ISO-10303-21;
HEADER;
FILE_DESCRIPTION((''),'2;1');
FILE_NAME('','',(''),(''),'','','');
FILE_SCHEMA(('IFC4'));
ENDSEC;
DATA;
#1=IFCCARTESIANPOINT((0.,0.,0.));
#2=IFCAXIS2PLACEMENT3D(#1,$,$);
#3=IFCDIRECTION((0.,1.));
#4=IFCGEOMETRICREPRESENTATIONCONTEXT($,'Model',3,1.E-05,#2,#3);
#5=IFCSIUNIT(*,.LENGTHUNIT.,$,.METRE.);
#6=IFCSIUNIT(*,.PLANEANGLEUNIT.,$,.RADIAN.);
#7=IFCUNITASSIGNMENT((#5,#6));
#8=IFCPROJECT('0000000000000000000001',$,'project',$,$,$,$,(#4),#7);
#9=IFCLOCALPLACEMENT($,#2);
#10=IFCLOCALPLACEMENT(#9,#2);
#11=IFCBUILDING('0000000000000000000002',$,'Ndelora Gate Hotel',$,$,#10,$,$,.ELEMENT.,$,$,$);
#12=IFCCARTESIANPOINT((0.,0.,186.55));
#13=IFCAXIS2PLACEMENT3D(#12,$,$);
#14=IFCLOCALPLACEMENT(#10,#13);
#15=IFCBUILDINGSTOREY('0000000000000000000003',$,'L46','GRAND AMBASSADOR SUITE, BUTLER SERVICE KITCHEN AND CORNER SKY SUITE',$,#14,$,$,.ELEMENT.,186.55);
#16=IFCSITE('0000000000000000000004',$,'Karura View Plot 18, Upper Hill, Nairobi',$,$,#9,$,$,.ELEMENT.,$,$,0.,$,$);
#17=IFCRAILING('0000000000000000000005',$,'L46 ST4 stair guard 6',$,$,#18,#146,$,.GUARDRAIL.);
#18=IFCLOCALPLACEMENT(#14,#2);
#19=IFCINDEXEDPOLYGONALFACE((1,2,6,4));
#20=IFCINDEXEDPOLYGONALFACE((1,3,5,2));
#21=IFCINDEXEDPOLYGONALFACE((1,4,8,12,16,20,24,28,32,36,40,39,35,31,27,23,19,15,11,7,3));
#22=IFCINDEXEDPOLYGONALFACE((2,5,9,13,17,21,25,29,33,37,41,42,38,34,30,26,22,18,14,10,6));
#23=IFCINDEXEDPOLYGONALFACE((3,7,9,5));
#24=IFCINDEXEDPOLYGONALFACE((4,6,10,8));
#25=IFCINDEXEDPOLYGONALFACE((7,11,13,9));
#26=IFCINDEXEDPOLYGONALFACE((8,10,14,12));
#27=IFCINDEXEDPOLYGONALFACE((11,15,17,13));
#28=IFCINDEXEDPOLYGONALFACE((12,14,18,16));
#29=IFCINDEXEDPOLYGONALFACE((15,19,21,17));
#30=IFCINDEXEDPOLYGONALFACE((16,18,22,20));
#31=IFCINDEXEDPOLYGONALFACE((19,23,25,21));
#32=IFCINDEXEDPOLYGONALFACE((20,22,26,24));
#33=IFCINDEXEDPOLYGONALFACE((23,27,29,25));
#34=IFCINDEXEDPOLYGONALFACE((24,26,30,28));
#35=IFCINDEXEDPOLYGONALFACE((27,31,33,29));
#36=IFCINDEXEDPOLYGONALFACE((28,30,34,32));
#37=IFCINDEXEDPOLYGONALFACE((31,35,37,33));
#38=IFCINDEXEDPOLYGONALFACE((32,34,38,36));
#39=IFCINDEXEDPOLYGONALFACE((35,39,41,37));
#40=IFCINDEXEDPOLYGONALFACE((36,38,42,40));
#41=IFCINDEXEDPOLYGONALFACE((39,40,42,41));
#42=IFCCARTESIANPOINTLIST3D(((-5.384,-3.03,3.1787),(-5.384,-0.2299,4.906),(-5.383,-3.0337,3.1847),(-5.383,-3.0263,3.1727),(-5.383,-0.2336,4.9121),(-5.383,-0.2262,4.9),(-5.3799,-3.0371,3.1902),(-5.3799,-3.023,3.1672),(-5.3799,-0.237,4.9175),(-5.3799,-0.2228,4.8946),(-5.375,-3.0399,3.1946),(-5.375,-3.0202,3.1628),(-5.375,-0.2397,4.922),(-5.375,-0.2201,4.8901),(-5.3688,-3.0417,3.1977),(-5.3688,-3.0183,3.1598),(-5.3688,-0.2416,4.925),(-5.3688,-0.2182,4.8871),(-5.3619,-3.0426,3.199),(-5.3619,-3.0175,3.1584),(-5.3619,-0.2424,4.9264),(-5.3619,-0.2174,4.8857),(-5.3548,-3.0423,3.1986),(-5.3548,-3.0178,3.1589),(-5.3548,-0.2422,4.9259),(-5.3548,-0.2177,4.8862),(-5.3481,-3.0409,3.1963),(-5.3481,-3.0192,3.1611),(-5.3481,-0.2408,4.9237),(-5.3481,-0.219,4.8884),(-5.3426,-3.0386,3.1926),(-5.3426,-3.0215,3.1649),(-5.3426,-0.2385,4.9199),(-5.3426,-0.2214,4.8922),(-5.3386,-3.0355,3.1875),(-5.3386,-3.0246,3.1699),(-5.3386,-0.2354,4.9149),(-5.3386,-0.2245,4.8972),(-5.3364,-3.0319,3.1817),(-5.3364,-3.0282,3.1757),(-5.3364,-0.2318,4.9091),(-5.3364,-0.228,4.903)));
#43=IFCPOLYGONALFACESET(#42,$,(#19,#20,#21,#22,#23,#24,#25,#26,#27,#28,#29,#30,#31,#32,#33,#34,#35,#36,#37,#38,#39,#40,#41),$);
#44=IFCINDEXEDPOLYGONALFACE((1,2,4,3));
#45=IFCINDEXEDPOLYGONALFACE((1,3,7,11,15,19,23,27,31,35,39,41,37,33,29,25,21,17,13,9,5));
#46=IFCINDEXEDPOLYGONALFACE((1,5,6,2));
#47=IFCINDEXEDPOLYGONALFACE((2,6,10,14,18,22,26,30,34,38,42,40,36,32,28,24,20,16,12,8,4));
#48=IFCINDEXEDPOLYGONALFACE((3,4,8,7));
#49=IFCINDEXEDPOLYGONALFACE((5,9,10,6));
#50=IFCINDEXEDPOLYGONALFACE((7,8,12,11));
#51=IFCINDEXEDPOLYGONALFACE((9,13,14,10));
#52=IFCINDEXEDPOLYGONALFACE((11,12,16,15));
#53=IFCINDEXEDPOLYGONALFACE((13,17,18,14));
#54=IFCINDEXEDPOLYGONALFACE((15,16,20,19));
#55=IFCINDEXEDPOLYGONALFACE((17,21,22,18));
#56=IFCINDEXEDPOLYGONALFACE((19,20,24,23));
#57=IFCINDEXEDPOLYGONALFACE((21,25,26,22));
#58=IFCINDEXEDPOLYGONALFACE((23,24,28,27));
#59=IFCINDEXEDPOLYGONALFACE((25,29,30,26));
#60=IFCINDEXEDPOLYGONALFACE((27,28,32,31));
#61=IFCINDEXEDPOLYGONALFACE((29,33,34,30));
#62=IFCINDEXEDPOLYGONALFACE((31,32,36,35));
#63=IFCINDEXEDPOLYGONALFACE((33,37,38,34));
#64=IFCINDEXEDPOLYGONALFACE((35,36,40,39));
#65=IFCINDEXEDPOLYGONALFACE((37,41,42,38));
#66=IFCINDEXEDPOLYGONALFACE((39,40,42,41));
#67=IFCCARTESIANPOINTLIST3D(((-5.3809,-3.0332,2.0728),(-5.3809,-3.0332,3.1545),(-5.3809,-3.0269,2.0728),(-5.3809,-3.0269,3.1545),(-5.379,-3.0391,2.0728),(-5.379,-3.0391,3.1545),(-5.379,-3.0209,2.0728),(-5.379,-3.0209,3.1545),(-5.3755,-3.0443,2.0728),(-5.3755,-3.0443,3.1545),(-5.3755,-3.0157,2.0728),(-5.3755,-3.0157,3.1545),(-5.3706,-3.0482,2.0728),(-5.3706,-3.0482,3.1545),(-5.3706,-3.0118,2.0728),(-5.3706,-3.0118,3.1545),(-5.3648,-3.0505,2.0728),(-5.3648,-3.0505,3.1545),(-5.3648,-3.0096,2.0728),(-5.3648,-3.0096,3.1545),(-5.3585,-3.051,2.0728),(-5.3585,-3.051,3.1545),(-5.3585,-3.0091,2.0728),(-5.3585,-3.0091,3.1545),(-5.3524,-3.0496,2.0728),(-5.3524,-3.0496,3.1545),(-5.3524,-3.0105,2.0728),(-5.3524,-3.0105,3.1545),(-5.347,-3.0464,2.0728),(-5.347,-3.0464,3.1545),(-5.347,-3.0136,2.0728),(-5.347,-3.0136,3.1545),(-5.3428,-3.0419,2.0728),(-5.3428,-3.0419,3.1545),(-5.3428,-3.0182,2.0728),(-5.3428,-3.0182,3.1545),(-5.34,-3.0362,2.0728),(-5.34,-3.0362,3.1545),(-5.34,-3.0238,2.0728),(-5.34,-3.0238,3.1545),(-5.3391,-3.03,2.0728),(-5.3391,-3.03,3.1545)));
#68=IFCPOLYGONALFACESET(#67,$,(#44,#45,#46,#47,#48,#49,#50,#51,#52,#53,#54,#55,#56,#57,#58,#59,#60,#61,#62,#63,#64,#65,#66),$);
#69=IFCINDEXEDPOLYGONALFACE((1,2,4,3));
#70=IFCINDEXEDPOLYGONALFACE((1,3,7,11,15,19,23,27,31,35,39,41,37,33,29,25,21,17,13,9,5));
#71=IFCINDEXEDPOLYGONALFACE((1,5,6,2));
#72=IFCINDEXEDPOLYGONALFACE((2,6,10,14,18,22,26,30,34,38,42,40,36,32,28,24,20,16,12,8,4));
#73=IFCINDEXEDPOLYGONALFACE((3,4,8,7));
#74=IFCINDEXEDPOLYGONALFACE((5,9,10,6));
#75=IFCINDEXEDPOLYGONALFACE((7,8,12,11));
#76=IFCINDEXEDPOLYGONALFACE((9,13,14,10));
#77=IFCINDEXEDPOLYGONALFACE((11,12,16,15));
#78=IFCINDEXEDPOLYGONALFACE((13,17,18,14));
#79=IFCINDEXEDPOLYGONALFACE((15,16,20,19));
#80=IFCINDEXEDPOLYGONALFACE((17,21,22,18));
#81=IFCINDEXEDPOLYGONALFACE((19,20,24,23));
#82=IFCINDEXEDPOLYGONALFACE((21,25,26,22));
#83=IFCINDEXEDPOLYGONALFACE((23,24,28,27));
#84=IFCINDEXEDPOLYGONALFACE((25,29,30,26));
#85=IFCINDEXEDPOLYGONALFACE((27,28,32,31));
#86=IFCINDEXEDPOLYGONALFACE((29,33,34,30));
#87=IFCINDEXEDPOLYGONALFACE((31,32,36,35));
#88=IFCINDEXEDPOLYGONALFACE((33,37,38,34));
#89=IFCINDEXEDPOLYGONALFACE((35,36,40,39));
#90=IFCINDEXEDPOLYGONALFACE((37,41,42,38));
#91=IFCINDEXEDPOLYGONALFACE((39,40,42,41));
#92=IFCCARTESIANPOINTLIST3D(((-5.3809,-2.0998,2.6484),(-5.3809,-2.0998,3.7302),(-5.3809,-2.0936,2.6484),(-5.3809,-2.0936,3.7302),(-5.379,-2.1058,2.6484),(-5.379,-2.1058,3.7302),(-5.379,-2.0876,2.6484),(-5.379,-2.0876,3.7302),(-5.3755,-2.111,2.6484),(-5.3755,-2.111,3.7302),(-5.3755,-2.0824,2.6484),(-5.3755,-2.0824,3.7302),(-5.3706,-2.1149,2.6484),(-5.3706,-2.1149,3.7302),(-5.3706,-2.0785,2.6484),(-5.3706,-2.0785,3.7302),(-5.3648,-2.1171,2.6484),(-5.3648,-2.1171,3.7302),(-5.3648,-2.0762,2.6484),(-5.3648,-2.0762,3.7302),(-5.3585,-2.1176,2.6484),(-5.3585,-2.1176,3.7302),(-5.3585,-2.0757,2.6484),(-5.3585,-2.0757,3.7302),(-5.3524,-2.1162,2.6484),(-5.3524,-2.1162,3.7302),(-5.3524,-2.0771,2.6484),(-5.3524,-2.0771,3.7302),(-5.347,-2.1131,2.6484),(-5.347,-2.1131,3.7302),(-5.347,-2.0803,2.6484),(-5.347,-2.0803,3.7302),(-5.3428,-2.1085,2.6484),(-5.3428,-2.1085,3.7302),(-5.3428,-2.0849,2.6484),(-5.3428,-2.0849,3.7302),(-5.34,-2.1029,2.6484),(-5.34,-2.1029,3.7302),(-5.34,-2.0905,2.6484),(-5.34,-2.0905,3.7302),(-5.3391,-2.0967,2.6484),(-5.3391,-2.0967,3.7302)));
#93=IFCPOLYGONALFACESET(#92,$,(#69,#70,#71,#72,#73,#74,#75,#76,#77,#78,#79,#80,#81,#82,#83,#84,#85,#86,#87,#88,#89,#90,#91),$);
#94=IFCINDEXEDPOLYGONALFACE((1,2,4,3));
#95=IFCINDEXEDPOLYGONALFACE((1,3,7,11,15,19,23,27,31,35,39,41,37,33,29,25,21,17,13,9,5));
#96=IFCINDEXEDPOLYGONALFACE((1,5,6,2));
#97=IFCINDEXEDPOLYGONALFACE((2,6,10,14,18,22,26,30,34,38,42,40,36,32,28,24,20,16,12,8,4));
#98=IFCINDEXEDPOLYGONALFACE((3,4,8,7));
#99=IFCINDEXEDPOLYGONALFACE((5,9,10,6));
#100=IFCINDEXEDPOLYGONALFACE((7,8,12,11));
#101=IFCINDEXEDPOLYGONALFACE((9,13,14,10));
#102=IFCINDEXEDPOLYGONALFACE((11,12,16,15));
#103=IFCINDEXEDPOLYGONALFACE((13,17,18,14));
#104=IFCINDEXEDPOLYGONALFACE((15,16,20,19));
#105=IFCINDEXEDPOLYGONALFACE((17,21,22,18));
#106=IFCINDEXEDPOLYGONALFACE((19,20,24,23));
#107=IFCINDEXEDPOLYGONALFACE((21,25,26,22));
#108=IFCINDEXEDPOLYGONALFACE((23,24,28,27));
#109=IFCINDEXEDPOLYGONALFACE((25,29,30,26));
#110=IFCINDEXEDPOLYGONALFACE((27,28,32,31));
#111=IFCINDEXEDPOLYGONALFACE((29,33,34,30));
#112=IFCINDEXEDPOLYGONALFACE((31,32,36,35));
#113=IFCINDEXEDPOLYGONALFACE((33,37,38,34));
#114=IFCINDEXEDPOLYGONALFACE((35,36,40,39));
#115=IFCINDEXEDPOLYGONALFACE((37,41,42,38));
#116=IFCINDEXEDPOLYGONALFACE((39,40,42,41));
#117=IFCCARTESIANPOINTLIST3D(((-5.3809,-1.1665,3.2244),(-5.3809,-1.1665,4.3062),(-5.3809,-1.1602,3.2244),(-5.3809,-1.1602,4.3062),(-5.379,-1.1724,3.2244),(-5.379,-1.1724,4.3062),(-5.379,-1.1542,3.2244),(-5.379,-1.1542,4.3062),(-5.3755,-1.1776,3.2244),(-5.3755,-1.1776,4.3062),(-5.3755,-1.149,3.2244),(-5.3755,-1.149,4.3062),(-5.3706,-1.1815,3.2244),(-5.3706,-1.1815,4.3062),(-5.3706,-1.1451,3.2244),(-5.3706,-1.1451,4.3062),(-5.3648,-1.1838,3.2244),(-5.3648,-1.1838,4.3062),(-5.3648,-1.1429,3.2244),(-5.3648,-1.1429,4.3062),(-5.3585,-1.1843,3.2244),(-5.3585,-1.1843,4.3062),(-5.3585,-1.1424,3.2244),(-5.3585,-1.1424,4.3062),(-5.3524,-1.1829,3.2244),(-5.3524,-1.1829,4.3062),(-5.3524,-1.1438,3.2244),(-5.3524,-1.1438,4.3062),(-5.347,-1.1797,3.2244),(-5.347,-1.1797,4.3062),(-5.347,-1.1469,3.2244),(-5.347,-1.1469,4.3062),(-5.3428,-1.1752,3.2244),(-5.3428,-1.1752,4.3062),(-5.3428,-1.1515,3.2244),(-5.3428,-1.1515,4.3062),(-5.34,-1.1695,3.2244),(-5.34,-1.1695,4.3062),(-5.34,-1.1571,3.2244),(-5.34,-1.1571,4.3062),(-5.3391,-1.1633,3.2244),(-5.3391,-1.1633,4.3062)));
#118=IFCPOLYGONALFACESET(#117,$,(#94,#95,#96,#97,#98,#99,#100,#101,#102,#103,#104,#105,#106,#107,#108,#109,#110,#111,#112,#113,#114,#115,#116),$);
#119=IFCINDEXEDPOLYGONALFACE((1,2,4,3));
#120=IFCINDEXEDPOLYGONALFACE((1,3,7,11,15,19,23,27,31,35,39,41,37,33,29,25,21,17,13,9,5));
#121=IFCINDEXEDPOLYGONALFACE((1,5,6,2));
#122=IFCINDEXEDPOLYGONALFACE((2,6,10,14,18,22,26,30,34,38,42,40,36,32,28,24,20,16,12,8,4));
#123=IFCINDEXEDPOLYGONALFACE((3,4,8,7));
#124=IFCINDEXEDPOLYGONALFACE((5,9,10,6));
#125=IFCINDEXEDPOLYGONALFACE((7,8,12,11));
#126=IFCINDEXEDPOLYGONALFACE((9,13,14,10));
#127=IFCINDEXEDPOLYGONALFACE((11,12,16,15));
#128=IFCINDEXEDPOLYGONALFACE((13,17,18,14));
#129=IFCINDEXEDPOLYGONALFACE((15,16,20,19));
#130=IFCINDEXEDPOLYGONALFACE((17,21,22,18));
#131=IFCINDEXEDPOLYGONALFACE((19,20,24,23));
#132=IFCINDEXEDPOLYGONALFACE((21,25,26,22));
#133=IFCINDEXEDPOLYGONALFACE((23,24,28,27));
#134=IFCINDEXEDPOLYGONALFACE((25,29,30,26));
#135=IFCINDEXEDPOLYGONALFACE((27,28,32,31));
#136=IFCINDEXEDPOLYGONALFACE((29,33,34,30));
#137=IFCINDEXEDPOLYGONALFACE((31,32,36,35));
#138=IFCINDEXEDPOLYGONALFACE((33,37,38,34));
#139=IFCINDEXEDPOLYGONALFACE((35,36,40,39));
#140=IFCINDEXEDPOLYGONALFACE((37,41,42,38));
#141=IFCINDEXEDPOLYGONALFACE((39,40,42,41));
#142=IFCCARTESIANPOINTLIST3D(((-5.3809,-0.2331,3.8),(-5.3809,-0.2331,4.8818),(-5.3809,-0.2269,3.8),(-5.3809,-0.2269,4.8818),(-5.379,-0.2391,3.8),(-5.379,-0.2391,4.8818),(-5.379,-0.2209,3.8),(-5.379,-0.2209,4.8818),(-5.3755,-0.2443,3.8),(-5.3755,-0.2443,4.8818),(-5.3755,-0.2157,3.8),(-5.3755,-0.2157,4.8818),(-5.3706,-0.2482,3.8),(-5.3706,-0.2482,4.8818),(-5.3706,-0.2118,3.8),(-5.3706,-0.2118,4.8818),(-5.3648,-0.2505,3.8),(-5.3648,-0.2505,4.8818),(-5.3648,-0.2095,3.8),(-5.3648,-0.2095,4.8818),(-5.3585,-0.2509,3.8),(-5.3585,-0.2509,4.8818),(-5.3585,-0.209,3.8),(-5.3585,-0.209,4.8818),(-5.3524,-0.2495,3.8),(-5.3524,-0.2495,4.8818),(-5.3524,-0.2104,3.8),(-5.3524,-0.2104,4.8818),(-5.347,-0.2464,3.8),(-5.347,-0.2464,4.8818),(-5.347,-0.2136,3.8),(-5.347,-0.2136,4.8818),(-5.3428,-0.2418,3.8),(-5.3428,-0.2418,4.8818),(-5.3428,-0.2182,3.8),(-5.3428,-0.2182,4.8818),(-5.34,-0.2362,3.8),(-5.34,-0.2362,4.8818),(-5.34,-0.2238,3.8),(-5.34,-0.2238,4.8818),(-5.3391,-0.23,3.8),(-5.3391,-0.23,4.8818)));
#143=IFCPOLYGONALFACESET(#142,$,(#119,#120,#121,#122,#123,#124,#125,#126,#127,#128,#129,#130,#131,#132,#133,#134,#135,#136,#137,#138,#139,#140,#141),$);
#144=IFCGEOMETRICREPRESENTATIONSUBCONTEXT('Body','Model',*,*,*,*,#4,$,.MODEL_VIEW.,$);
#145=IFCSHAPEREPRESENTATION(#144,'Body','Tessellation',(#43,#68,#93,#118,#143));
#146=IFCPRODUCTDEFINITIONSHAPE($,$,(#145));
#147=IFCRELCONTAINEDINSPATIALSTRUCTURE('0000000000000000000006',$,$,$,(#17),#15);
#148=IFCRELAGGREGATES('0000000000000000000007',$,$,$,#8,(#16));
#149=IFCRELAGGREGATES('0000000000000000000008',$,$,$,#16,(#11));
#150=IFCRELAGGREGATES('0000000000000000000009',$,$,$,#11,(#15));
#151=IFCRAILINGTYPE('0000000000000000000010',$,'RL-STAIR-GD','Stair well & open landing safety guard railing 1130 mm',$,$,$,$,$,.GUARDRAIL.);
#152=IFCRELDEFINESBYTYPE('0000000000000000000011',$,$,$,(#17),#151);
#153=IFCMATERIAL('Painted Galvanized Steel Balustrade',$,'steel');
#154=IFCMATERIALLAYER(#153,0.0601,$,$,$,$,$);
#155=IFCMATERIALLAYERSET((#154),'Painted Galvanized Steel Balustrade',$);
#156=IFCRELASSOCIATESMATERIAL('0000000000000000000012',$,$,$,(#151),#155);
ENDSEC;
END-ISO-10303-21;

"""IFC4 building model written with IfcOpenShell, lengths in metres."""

from ifc_helpers import new_model, si_unit, direction, frame, origin, origin_2d, place, context, subcontext, project, spatial, circle, extrude, material, layer, layer_set, type_object, element, save


model = new_model("IFC4")

# Units and contexts
model_context = context("Model", 3, precision=1e-05, world=origin(), true_north=direction((0.0, 1.0)))
body_context = subcontext(model_context, "Body", "Model", "MODEL_VIEW")
ifc_project = project(units=[si_unit("LENGTHUNIT", "METRE"), si_unit("PLANEANGLEUNIT", "RADIAN")], contexts=[model_context])

# Site, building, storey
site_placement = place(None, origin())
site = spatial("IfcSite", under=ifc_project, at=site_placement, Name="Karura View Plot 18, Upper Hill, Nairobi", CompositionType="ELEMENT", RefElevation=0.0)
building_placement = place(site_placement, origin())
building = spatial("IfcBuilding", under=site, at=building_placement, Name="Ndelora Gate Hotel", CompositionType="ELEMENT")
storey_placement = place(building_placement, frame((0.0, 0.0, 186.55)))
storey = spatial("IfcBuildingStorey", under=building, at=storey_placement, Name="L46", Description="GRAND AMBASSADOR SUITE, BUTLER SERVICE KITCHEN AND CORNER SKY SUITE", CompositionType="ELEMENT", Elevation=186.55)

# Railing
ifc_material_1 = material(Name="Painted Galvanized Steel Balustrade", Category="steel")
ifc_layer_1 = layer(ifc_material_1, 0.0601)
ifc_layer_set_1 = layer_set([ifc_layer_1], Name="Painted Galvanized Steel Balustrade")
railing_type_1 = type_object("IfcRailingType", Name="RL-STAIR-GD", Description="Stair well & open landing safety guard railing 1130 mm", PredefinedType="GUARDRAIL", material=ifc_layer_set_1)
railing_1_placement = place(storey_placement, frame((-5.3601, -3.03, 2.0728)))
element("IfcRailing", 1, at=railing_1_placement, inside=storey, type_object=railing_type_1, Name="L46 ST4 stair guard 6", PredefinedType="GUARDRAIL", context=body_context, shape_type="SweptSolid", body=[
    extrude(circle(Radius=0.0239, at=origin_2d()), frame((0.0, 0.0, 1.106), z_axis=(0.0, 0.85109, 0.52502), x_axis=(-1.0, 0.0, 0.0)), (0.0, 0.0, 1.0), 3.29),
    extrude(circle(Radius=0.021, at=origin_2d()), origin(), (0.0, 0.0, 1.0), 1.0818),
    extrude(circle(Radius=0.021, at=origin_2d()), frame((0.0, 0.9333, 0.5757)), (0.0, 0.0, 1.0), 1.0818),
    extrude(circle(Radius=0.021, at=origin_2d()), frame((0.0, 1.8667, 1.1516)), (0.0, 0.0, 1.0), 1.0818),
    extrude(circle(Radius=0.021, at=origin_2d()), frame((0.0, 2.8, 1.7273)), (0.0, 0.0, 1.0), 1.0818),
])

save(model, "model.ifc")
